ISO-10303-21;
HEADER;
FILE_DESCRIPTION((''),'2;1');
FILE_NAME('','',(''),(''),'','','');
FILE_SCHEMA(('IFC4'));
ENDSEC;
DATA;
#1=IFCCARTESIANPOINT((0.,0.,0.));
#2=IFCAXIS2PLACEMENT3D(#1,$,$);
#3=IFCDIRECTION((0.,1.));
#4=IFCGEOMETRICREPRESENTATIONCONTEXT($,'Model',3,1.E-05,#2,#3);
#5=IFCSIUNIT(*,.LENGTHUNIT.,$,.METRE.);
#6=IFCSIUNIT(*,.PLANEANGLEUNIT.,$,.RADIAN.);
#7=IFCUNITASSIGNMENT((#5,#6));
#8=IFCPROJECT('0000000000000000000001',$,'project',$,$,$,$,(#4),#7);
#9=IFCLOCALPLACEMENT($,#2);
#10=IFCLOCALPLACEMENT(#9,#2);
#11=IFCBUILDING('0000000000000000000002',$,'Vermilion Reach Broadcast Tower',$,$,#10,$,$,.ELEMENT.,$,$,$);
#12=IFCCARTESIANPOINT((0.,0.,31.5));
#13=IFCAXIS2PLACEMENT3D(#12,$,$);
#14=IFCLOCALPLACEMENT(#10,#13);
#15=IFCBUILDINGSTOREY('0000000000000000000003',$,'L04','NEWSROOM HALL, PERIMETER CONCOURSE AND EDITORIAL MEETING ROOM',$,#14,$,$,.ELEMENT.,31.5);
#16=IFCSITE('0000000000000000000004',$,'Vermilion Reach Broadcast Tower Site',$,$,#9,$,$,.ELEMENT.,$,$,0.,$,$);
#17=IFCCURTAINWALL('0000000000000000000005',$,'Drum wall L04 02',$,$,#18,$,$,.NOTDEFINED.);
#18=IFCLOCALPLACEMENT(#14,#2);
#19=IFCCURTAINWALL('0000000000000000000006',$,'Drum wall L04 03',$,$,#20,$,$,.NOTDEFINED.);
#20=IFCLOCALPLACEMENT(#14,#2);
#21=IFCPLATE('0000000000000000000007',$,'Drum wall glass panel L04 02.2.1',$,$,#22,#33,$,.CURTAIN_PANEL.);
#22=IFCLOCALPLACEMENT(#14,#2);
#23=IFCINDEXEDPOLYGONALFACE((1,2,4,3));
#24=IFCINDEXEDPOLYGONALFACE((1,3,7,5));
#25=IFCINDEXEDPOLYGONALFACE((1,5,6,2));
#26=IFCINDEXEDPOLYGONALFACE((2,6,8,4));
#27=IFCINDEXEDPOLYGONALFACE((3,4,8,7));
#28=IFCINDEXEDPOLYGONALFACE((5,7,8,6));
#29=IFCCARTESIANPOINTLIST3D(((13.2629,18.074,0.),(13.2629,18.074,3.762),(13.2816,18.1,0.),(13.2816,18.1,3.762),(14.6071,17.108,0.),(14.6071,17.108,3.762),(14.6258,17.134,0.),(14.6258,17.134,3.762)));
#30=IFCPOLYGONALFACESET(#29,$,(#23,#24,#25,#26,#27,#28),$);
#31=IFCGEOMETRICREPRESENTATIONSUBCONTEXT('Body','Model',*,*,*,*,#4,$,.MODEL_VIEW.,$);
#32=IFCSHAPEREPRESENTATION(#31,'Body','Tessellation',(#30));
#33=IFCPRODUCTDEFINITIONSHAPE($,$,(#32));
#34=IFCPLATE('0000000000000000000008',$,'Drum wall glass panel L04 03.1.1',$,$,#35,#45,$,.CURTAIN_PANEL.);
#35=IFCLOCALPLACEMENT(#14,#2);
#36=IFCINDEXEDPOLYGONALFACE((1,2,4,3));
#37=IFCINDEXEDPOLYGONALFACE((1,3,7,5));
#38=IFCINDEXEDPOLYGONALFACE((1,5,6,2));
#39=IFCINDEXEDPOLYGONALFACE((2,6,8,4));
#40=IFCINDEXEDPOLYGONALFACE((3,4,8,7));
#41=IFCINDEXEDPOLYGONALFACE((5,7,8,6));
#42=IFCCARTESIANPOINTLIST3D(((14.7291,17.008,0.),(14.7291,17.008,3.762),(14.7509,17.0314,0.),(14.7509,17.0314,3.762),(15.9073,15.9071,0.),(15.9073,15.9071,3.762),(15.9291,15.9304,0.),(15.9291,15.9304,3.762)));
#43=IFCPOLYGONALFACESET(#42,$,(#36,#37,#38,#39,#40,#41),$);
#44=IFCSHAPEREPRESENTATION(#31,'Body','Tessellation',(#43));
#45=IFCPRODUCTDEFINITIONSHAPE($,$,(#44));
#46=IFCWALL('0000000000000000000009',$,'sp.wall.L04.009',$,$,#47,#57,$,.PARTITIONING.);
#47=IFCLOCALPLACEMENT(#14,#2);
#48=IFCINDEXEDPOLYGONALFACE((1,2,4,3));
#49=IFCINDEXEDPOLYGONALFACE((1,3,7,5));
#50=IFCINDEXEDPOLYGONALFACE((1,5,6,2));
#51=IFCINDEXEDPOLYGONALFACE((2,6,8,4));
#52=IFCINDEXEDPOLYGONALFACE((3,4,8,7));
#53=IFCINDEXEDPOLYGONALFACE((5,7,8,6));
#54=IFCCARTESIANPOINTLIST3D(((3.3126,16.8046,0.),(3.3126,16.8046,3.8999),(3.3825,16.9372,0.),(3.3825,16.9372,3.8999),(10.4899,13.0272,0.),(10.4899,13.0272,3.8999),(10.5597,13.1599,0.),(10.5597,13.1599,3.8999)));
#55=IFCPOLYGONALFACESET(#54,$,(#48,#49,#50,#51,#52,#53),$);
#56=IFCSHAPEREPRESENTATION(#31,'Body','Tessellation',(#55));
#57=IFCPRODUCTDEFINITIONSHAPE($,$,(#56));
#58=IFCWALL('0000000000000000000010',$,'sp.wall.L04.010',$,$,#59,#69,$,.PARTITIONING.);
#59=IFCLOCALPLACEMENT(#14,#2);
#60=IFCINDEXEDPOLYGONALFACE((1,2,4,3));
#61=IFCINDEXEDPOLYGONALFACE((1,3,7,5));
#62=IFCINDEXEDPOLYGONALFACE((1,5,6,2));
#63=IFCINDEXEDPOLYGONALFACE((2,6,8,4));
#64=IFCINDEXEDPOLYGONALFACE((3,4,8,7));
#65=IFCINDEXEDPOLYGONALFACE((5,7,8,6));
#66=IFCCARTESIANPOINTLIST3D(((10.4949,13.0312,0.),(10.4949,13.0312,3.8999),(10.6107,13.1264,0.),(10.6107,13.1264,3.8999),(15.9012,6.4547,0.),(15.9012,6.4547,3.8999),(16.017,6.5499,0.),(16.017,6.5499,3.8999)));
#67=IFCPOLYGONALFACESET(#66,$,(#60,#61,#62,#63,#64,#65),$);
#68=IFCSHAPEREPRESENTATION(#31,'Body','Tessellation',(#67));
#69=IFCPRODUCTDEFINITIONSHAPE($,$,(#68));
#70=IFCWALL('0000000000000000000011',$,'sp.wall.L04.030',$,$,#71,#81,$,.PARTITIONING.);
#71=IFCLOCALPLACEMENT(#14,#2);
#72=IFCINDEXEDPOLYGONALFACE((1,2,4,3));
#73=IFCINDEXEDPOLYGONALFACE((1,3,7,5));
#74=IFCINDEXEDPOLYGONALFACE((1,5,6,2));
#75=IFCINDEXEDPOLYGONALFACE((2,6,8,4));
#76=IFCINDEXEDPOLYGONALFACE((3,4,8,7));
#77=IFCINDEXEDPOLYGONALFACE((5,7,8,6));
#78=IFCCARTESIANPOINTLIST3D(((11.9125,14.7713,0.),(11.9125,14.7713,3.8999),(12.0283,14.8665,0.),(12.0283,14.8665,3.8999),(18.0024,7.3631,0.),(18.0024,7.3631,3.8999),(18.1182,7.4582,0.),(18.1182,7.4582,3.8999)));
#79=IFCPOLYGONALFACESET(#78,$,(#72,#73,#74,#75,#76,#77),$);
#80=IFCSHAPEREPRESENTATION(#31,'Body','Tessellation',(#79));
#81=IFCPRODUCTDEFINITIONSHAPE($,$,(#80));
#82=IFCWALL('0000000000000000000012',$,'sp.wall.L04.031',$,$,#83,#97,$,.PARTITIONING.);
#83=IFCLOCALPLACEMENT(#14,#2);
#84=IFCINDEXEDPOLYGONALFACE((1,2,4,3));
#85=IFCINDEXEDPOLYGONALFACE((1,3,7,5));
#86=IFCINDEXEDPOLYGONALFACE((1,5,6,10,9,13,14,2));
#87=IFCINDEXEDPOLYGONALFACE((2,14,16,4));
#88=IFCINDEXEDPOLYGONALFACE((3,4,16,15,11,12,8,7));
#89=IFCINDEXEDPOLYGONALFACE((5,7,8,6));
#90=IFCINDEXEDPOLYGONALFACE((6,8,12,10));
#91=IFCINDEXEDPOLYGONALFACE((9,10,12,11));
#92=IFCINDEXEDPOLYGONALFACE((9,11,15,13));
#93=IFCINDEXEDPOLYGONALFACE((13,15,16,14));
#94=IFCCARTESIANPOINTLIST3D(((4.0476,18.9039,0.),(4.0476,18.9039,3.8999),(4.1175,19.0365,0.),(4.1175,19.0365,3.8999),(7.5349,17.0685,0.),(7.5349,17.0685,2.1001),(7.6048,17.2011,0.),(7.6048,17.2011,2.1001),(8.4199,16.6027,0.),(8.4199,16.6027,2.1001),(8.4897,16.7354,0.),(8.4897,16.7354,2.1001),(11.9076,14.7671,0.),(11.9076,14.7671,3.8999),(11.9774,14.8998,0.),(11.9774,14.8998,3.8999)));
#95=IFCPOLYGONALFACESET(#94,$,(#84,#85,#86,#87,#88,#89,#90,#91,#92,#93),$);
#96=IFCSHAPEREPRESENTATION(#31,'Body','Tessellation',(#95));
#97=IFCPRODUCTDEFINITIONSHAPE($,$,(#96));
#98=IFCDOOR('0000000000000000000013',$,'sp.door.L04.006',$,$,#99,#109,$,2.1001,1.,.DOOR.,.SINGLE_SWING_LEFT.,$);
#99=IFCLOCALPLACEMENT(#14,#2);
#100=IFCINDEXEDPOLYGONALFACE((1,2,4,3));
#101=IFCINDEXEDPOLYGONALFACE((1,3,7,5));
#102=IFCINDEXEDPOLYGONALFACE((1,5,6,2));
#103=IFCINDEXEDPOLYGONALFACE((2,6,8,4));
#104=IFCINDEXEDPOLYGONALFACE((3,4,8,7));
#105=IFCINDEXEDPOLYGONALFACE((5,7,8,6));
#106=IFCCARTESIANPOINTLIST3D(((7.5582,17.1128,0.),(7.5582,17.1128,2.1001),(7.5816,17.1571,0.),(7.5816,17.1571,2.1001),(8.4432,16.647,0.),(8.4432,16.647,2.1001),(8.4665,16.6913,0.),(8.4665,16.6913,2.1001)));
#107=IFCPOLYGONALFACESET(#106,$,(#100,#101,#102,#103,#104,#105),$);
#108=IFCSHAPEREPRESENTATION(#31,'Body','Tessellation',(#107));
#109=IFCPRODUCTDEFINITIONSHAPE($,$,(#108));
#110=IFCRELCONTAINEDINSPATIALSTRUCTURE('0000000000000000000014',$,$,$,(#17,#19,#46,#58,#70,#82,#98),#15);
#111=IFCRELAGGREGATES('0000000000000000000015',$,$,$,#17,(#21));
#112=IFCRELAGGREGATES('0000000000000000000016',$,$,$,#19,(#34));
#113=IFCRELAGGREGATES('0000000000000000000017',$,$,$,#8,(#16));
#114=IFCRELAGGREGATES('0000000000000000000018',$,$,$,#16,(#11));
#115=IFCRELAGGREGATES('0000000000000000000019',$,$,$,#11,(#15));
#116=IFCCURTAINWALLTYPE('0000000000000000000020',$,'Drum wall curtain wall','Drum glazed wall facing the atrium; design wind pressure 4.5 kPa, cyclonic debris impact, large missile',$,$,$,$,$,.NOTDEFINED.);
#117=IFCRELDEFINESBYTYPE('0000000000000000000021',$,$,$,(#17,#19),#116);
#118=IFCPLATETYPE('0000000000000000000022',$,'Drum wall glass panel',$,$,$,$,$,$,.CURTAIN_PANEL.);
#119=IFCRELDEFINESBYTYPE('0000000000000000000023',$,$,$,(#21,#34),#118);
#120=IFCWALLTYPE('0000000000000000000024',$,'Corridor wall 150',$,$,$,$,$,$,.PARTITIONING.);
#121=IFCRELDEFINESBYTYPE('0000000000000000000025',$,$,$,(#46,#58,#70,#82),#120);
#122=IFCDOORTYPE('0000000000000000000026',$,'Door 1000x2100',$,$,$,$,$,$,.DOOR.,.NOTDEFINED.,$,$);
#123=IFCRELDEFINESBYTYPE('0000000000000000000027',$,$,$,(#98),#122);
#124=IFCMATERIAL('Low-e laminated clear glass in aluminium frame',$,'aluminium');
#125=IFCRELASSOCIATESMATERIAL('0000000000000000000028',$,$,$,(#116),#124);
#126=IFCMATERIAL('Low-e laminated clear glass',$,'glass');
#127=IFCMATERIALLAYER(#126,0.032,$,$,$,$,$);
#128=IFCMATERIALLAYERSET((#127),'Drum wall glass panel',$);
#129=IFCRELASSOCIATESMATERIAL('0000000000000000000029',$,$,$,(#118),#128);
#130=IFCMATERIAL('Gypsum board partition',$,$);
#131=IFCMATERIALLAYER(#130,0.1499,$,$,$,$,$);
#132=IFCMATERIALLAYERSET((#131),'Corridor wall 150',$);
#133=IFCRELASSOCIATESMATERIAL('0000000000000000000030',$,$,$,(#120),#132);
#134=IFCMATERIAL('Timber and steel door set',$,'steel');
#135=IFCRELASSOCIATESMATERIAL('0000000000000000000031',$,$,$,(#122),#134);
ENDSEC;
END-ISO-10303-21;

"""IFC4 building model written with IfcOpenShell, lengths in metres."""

from ifc_helpers import new_model, si_unit, direction, frame, frame_2d, origin, origin_2d, place, context, subcontext, project, spatial, rectangle, extrude, material, layer, layer_set, type_object, element, fill, aggregate, save


model = new_model("IFC4")

# Units and contexts
model_context = context("Model", 3, precision=1e-05, world=origin(), true_north=direction((0.0, 1.0)))
body_context = subcontext(model_context, "Body", "Model", "MODEL_VIEW")
ifc_project = project(units=[si_unit("LENGTHUNIT", "METRE"), si_unit("PLANEANGLEUNIT", "RADIAN")], contexts=[model_context])

# Site, building, storey
site_placement = place(None, origin())
site = spatial("IfcSite", under=ifc_project, at=site_placement, Name="Vermilion Reach Broadcast Tower Site", CompositionType="ELEMENT", RefElevation=0.0)
building_placement = place(site_placement, origin())
building = spatial("IfcBuilding", under=site, at=building_placement, Name="Vermilion Reach Broadcast Tower", CompositionType="ELEMENT")
storey_placement = place(building_placement, frame((0.0, 0.0, 31.5)))
storey = spatial("IfcBuildingStorey", under=building, at=storey_placement, Name="L04", Description="NEWSROOM HALL, PERIMETER CONCOURSE AND EDITORIAL MEETING ROOM", CompositionType="ELEMENT", Elevation=31.5)

# Curtain wall
ifc_material_1 = material(Name="Low-e laminated clear glass in aluminium frame", Category="aluminium")
curtain_wall_type = type_object("IfcCurtainWallType", Name="Drum wall curtain wall", Description="Drum glazed wall facing the atrium; design wind pressure 4.5 kPa, cyclonic debris impact, large missile", PredefinedType="NOTDEFINED", material=ifc_material_1)
placement = place(storey_placement, origin())
curtain_wall_1 = element("IfcCurtainWall", 1, at=placement, inside=storey, type_object=curtain_wall_type, Name="Drum wall L04 02", PredefinedType="NOTDEFINED")

# Curtain wall
curtain_wall_2 = element("IfcCurtainWall", 2, at=placement, inside=storey, type_object=curtain_wall_type, Name="Drum wall L04 03", PredefinedType="NOTDEFINED")

# Plates
ifc_material_2 = material(Name="Low-e laminated clear glass", Category="glass")
ifc_layer_1 = layer(ifc_material_2, 0.032)
ifc_layer_set_1 = layer_set([ifc_layer_1], Name="Drum wall glass panel")
plate_type = type_object("IfcPlateType", Name="Drum wall glass panel", PredefinedType="CURTAIN_PANEL", material=ifc_layer_set_1)
plate_1_placement = place(storey_placement, frame((13.9443, 17.604, 0.0), z_axis=(0.0, 0.0, 1.0), x_axis=(0.812051, -0.583587, 0.0)))
plate_1 = element("IfcPlate", 3, at=plate_1_placement, type_object=plate_type, Name="Drum wall glass panel L04 02.2.1", PredefinedType="CURTAIN_PANEL", context=body_context, shape_type="SweptSolid", body=[
    extrude(rectangle(XDim=1.6553, YDim=0.032, at=origin_2d()), origin(), (0.0, 0.0, 1.0), 3.762),
])
aggregate(curtain_wall_1, [plate_1])
plate_2_placement = place(storey_placement, frame((15.3291, 16.4692, 0.0), z_axis=(0.0, 0.0, 1.0), x_axis=(0.730654, -0.682748, 0.0)))
plate_2 = element("IfcPlate", 4, at=plate_2_placement, type_object=plate_type, Name="Drum wall glass panel L04 03.1.1", PredefinedType="CURTAIN_PANEL", context=body_context, shape_type="SweptSolid", body=[
    extrude(rectangle(XDim=1.6125, YDim=0.032, at=origin_2d()), origin(), (0.0, 0.0, 1.0), 3.762),
])
aggregate(curtain_wall_2, [plate_2])

# Walls
ifc_material_3 = material(Name="Gypsum board partition")
ifc_layer_2 = layer(ifc_material_3, 0.1499)
ifc_layer_set_2 = layer_set([ifc_layer_2], Name="Corridor wall 150")
wall_type = type_object("IfcWallType", Name="Corridor wall 150", PredefinedType="PARTITIONING", material=ifc_layer_set_2)
wall_1_placement = place(storey_placement, frame((3.3477, 16.8708, 0.0), z_axis=(0.0, 0.0, 1.0), x_axis=(0.884926, -0.465732, 0.0)))
element("IfcWall", 5, at=wall_1_placement, inside=storey, type_object=wall_type, Name="sp.wall.L04.009", PredefinedType="PARTITIONING", context=body_context, shape_type="SweptSolid", body=[
    extrude(rectangle(XDim=8.1106, YDim=0.1499, at=frame_2d((4.0552, 0.0))), origin(), (0.0, 0.0, 1.0), 3.8999),
])
wall_2_placement = place(storey_placement, frame((10.5527, 13.0789, 0.0), z_axis=(0.0, 0.0, 1.0), x_axis=(0.635034, -0.772485, 0.0)))
element("IfcWall", 6, at=wall_2_placement, inside=storey, type_object=wall_type, Name="sp.wall.L04.010", PredefinedType="PARTITIONING", context=body_context, shape_type="SweptSolid", body=[
    extrude(rectangle(XDim=8.5134, YDim=0.1499, at=frame_2d((4.2568, 0.0))), origin(), (0.0, 0.0, 1.0), 3.8999),
])
wall_3_placement = place(storey_placement, frame((11.9705, 14.8188, 0.0), z_axis=(0.0, 0.0, 1.0), x_axis=(0.635022, -0.772494, 0.0)))
element("IfcWall", 7, at=wall_3_placement, inside=storey, type_object=wall_type, Name="sp.wall.L04.030", PredefinedType="PARTITIONING", context=body_context, shape_type="SweptSolid", body=[
    extrude(rectangle(XDim=9.5901, YDim=0.1499, at=frame_2d((4.7949, 0.0))), origin(), (0.0, 0.0, 1.0), 3.8999),
])

# Wall, opening, door
wall_4_placement = place(storey_placement, frame((11.9424, 14.8335, 0.0), z_axis=(0.0, 0.0, 1.0), x_axis=(-0.884921, 0.465742, 0.0)))
wall_4 = element("IfcWall", 8, at=wall_4_placement, inside=storey, type_object=wall_type, Name="sp.wall.L04.031", PredefinedType="PARTITIONING", context=body_context, shape_type="SweptSolid", body=[
    extrude(rectangle(XDim=8.8821, YDim=0.1499, at=frame_2d((4.4409, 0.0))), origin(), (0.0, 0.0, 1.0), 3.8999),
])
opening_placement = place(wall_4_placement, frame((3.9412, 0.0, 0.0)))
opening = element("IfcOpeningElement", 9, at=opening_placement, cuts=wall_4, PredefinedType="OPENING", context=body_context, shape_type="SweptSolid", body=[
    extrude(rectangle(XDim=1.0, YDim=2.1001, at=frame_2d((0.5, 1.05))), frame((0.0, 0.085, 0.0), z_axis=(0.0, -1.0, 0.0), x_axis=(1.0, 0.0, 0.0)), (0.0, 0.0, 1.0), 0.1699),
])
ifc_material_4 = material(Name="Timber and steel door set", Category="steel")
door_type = type_object("IfcDoorType", Name="Door 1000x2100", OperationType="NOTDEFINED", PredefinedType="DOOR", material=ifc_material_4)
door_placement = place(opening_placement, origin())
door = element("IfcDoor", 10, at=door_placement, inside=storey, type_object=door_type, Name="sp.door.L04.006", OperationType="SINGLE_SWING_LEFT", OverallHeight=2.1001, OverallWidth=1.0, PredefinedType="DOOR", context=body_context, shape_type="SweptSolid", body=[
    extrude(rectangle(XDim=1.0, YDim=2.1001, at=frame_2d((0.5, 1.05))), frame((0.0, 0.0249, 0.0), z_axis=(0.0, -1.0, 0.0), x_axis=(1.0, 0.0, 0.0)), (0.0, 0.0, 1.0), 0.05),
])
fill(opening, door)

save(model, "model.ifc")
